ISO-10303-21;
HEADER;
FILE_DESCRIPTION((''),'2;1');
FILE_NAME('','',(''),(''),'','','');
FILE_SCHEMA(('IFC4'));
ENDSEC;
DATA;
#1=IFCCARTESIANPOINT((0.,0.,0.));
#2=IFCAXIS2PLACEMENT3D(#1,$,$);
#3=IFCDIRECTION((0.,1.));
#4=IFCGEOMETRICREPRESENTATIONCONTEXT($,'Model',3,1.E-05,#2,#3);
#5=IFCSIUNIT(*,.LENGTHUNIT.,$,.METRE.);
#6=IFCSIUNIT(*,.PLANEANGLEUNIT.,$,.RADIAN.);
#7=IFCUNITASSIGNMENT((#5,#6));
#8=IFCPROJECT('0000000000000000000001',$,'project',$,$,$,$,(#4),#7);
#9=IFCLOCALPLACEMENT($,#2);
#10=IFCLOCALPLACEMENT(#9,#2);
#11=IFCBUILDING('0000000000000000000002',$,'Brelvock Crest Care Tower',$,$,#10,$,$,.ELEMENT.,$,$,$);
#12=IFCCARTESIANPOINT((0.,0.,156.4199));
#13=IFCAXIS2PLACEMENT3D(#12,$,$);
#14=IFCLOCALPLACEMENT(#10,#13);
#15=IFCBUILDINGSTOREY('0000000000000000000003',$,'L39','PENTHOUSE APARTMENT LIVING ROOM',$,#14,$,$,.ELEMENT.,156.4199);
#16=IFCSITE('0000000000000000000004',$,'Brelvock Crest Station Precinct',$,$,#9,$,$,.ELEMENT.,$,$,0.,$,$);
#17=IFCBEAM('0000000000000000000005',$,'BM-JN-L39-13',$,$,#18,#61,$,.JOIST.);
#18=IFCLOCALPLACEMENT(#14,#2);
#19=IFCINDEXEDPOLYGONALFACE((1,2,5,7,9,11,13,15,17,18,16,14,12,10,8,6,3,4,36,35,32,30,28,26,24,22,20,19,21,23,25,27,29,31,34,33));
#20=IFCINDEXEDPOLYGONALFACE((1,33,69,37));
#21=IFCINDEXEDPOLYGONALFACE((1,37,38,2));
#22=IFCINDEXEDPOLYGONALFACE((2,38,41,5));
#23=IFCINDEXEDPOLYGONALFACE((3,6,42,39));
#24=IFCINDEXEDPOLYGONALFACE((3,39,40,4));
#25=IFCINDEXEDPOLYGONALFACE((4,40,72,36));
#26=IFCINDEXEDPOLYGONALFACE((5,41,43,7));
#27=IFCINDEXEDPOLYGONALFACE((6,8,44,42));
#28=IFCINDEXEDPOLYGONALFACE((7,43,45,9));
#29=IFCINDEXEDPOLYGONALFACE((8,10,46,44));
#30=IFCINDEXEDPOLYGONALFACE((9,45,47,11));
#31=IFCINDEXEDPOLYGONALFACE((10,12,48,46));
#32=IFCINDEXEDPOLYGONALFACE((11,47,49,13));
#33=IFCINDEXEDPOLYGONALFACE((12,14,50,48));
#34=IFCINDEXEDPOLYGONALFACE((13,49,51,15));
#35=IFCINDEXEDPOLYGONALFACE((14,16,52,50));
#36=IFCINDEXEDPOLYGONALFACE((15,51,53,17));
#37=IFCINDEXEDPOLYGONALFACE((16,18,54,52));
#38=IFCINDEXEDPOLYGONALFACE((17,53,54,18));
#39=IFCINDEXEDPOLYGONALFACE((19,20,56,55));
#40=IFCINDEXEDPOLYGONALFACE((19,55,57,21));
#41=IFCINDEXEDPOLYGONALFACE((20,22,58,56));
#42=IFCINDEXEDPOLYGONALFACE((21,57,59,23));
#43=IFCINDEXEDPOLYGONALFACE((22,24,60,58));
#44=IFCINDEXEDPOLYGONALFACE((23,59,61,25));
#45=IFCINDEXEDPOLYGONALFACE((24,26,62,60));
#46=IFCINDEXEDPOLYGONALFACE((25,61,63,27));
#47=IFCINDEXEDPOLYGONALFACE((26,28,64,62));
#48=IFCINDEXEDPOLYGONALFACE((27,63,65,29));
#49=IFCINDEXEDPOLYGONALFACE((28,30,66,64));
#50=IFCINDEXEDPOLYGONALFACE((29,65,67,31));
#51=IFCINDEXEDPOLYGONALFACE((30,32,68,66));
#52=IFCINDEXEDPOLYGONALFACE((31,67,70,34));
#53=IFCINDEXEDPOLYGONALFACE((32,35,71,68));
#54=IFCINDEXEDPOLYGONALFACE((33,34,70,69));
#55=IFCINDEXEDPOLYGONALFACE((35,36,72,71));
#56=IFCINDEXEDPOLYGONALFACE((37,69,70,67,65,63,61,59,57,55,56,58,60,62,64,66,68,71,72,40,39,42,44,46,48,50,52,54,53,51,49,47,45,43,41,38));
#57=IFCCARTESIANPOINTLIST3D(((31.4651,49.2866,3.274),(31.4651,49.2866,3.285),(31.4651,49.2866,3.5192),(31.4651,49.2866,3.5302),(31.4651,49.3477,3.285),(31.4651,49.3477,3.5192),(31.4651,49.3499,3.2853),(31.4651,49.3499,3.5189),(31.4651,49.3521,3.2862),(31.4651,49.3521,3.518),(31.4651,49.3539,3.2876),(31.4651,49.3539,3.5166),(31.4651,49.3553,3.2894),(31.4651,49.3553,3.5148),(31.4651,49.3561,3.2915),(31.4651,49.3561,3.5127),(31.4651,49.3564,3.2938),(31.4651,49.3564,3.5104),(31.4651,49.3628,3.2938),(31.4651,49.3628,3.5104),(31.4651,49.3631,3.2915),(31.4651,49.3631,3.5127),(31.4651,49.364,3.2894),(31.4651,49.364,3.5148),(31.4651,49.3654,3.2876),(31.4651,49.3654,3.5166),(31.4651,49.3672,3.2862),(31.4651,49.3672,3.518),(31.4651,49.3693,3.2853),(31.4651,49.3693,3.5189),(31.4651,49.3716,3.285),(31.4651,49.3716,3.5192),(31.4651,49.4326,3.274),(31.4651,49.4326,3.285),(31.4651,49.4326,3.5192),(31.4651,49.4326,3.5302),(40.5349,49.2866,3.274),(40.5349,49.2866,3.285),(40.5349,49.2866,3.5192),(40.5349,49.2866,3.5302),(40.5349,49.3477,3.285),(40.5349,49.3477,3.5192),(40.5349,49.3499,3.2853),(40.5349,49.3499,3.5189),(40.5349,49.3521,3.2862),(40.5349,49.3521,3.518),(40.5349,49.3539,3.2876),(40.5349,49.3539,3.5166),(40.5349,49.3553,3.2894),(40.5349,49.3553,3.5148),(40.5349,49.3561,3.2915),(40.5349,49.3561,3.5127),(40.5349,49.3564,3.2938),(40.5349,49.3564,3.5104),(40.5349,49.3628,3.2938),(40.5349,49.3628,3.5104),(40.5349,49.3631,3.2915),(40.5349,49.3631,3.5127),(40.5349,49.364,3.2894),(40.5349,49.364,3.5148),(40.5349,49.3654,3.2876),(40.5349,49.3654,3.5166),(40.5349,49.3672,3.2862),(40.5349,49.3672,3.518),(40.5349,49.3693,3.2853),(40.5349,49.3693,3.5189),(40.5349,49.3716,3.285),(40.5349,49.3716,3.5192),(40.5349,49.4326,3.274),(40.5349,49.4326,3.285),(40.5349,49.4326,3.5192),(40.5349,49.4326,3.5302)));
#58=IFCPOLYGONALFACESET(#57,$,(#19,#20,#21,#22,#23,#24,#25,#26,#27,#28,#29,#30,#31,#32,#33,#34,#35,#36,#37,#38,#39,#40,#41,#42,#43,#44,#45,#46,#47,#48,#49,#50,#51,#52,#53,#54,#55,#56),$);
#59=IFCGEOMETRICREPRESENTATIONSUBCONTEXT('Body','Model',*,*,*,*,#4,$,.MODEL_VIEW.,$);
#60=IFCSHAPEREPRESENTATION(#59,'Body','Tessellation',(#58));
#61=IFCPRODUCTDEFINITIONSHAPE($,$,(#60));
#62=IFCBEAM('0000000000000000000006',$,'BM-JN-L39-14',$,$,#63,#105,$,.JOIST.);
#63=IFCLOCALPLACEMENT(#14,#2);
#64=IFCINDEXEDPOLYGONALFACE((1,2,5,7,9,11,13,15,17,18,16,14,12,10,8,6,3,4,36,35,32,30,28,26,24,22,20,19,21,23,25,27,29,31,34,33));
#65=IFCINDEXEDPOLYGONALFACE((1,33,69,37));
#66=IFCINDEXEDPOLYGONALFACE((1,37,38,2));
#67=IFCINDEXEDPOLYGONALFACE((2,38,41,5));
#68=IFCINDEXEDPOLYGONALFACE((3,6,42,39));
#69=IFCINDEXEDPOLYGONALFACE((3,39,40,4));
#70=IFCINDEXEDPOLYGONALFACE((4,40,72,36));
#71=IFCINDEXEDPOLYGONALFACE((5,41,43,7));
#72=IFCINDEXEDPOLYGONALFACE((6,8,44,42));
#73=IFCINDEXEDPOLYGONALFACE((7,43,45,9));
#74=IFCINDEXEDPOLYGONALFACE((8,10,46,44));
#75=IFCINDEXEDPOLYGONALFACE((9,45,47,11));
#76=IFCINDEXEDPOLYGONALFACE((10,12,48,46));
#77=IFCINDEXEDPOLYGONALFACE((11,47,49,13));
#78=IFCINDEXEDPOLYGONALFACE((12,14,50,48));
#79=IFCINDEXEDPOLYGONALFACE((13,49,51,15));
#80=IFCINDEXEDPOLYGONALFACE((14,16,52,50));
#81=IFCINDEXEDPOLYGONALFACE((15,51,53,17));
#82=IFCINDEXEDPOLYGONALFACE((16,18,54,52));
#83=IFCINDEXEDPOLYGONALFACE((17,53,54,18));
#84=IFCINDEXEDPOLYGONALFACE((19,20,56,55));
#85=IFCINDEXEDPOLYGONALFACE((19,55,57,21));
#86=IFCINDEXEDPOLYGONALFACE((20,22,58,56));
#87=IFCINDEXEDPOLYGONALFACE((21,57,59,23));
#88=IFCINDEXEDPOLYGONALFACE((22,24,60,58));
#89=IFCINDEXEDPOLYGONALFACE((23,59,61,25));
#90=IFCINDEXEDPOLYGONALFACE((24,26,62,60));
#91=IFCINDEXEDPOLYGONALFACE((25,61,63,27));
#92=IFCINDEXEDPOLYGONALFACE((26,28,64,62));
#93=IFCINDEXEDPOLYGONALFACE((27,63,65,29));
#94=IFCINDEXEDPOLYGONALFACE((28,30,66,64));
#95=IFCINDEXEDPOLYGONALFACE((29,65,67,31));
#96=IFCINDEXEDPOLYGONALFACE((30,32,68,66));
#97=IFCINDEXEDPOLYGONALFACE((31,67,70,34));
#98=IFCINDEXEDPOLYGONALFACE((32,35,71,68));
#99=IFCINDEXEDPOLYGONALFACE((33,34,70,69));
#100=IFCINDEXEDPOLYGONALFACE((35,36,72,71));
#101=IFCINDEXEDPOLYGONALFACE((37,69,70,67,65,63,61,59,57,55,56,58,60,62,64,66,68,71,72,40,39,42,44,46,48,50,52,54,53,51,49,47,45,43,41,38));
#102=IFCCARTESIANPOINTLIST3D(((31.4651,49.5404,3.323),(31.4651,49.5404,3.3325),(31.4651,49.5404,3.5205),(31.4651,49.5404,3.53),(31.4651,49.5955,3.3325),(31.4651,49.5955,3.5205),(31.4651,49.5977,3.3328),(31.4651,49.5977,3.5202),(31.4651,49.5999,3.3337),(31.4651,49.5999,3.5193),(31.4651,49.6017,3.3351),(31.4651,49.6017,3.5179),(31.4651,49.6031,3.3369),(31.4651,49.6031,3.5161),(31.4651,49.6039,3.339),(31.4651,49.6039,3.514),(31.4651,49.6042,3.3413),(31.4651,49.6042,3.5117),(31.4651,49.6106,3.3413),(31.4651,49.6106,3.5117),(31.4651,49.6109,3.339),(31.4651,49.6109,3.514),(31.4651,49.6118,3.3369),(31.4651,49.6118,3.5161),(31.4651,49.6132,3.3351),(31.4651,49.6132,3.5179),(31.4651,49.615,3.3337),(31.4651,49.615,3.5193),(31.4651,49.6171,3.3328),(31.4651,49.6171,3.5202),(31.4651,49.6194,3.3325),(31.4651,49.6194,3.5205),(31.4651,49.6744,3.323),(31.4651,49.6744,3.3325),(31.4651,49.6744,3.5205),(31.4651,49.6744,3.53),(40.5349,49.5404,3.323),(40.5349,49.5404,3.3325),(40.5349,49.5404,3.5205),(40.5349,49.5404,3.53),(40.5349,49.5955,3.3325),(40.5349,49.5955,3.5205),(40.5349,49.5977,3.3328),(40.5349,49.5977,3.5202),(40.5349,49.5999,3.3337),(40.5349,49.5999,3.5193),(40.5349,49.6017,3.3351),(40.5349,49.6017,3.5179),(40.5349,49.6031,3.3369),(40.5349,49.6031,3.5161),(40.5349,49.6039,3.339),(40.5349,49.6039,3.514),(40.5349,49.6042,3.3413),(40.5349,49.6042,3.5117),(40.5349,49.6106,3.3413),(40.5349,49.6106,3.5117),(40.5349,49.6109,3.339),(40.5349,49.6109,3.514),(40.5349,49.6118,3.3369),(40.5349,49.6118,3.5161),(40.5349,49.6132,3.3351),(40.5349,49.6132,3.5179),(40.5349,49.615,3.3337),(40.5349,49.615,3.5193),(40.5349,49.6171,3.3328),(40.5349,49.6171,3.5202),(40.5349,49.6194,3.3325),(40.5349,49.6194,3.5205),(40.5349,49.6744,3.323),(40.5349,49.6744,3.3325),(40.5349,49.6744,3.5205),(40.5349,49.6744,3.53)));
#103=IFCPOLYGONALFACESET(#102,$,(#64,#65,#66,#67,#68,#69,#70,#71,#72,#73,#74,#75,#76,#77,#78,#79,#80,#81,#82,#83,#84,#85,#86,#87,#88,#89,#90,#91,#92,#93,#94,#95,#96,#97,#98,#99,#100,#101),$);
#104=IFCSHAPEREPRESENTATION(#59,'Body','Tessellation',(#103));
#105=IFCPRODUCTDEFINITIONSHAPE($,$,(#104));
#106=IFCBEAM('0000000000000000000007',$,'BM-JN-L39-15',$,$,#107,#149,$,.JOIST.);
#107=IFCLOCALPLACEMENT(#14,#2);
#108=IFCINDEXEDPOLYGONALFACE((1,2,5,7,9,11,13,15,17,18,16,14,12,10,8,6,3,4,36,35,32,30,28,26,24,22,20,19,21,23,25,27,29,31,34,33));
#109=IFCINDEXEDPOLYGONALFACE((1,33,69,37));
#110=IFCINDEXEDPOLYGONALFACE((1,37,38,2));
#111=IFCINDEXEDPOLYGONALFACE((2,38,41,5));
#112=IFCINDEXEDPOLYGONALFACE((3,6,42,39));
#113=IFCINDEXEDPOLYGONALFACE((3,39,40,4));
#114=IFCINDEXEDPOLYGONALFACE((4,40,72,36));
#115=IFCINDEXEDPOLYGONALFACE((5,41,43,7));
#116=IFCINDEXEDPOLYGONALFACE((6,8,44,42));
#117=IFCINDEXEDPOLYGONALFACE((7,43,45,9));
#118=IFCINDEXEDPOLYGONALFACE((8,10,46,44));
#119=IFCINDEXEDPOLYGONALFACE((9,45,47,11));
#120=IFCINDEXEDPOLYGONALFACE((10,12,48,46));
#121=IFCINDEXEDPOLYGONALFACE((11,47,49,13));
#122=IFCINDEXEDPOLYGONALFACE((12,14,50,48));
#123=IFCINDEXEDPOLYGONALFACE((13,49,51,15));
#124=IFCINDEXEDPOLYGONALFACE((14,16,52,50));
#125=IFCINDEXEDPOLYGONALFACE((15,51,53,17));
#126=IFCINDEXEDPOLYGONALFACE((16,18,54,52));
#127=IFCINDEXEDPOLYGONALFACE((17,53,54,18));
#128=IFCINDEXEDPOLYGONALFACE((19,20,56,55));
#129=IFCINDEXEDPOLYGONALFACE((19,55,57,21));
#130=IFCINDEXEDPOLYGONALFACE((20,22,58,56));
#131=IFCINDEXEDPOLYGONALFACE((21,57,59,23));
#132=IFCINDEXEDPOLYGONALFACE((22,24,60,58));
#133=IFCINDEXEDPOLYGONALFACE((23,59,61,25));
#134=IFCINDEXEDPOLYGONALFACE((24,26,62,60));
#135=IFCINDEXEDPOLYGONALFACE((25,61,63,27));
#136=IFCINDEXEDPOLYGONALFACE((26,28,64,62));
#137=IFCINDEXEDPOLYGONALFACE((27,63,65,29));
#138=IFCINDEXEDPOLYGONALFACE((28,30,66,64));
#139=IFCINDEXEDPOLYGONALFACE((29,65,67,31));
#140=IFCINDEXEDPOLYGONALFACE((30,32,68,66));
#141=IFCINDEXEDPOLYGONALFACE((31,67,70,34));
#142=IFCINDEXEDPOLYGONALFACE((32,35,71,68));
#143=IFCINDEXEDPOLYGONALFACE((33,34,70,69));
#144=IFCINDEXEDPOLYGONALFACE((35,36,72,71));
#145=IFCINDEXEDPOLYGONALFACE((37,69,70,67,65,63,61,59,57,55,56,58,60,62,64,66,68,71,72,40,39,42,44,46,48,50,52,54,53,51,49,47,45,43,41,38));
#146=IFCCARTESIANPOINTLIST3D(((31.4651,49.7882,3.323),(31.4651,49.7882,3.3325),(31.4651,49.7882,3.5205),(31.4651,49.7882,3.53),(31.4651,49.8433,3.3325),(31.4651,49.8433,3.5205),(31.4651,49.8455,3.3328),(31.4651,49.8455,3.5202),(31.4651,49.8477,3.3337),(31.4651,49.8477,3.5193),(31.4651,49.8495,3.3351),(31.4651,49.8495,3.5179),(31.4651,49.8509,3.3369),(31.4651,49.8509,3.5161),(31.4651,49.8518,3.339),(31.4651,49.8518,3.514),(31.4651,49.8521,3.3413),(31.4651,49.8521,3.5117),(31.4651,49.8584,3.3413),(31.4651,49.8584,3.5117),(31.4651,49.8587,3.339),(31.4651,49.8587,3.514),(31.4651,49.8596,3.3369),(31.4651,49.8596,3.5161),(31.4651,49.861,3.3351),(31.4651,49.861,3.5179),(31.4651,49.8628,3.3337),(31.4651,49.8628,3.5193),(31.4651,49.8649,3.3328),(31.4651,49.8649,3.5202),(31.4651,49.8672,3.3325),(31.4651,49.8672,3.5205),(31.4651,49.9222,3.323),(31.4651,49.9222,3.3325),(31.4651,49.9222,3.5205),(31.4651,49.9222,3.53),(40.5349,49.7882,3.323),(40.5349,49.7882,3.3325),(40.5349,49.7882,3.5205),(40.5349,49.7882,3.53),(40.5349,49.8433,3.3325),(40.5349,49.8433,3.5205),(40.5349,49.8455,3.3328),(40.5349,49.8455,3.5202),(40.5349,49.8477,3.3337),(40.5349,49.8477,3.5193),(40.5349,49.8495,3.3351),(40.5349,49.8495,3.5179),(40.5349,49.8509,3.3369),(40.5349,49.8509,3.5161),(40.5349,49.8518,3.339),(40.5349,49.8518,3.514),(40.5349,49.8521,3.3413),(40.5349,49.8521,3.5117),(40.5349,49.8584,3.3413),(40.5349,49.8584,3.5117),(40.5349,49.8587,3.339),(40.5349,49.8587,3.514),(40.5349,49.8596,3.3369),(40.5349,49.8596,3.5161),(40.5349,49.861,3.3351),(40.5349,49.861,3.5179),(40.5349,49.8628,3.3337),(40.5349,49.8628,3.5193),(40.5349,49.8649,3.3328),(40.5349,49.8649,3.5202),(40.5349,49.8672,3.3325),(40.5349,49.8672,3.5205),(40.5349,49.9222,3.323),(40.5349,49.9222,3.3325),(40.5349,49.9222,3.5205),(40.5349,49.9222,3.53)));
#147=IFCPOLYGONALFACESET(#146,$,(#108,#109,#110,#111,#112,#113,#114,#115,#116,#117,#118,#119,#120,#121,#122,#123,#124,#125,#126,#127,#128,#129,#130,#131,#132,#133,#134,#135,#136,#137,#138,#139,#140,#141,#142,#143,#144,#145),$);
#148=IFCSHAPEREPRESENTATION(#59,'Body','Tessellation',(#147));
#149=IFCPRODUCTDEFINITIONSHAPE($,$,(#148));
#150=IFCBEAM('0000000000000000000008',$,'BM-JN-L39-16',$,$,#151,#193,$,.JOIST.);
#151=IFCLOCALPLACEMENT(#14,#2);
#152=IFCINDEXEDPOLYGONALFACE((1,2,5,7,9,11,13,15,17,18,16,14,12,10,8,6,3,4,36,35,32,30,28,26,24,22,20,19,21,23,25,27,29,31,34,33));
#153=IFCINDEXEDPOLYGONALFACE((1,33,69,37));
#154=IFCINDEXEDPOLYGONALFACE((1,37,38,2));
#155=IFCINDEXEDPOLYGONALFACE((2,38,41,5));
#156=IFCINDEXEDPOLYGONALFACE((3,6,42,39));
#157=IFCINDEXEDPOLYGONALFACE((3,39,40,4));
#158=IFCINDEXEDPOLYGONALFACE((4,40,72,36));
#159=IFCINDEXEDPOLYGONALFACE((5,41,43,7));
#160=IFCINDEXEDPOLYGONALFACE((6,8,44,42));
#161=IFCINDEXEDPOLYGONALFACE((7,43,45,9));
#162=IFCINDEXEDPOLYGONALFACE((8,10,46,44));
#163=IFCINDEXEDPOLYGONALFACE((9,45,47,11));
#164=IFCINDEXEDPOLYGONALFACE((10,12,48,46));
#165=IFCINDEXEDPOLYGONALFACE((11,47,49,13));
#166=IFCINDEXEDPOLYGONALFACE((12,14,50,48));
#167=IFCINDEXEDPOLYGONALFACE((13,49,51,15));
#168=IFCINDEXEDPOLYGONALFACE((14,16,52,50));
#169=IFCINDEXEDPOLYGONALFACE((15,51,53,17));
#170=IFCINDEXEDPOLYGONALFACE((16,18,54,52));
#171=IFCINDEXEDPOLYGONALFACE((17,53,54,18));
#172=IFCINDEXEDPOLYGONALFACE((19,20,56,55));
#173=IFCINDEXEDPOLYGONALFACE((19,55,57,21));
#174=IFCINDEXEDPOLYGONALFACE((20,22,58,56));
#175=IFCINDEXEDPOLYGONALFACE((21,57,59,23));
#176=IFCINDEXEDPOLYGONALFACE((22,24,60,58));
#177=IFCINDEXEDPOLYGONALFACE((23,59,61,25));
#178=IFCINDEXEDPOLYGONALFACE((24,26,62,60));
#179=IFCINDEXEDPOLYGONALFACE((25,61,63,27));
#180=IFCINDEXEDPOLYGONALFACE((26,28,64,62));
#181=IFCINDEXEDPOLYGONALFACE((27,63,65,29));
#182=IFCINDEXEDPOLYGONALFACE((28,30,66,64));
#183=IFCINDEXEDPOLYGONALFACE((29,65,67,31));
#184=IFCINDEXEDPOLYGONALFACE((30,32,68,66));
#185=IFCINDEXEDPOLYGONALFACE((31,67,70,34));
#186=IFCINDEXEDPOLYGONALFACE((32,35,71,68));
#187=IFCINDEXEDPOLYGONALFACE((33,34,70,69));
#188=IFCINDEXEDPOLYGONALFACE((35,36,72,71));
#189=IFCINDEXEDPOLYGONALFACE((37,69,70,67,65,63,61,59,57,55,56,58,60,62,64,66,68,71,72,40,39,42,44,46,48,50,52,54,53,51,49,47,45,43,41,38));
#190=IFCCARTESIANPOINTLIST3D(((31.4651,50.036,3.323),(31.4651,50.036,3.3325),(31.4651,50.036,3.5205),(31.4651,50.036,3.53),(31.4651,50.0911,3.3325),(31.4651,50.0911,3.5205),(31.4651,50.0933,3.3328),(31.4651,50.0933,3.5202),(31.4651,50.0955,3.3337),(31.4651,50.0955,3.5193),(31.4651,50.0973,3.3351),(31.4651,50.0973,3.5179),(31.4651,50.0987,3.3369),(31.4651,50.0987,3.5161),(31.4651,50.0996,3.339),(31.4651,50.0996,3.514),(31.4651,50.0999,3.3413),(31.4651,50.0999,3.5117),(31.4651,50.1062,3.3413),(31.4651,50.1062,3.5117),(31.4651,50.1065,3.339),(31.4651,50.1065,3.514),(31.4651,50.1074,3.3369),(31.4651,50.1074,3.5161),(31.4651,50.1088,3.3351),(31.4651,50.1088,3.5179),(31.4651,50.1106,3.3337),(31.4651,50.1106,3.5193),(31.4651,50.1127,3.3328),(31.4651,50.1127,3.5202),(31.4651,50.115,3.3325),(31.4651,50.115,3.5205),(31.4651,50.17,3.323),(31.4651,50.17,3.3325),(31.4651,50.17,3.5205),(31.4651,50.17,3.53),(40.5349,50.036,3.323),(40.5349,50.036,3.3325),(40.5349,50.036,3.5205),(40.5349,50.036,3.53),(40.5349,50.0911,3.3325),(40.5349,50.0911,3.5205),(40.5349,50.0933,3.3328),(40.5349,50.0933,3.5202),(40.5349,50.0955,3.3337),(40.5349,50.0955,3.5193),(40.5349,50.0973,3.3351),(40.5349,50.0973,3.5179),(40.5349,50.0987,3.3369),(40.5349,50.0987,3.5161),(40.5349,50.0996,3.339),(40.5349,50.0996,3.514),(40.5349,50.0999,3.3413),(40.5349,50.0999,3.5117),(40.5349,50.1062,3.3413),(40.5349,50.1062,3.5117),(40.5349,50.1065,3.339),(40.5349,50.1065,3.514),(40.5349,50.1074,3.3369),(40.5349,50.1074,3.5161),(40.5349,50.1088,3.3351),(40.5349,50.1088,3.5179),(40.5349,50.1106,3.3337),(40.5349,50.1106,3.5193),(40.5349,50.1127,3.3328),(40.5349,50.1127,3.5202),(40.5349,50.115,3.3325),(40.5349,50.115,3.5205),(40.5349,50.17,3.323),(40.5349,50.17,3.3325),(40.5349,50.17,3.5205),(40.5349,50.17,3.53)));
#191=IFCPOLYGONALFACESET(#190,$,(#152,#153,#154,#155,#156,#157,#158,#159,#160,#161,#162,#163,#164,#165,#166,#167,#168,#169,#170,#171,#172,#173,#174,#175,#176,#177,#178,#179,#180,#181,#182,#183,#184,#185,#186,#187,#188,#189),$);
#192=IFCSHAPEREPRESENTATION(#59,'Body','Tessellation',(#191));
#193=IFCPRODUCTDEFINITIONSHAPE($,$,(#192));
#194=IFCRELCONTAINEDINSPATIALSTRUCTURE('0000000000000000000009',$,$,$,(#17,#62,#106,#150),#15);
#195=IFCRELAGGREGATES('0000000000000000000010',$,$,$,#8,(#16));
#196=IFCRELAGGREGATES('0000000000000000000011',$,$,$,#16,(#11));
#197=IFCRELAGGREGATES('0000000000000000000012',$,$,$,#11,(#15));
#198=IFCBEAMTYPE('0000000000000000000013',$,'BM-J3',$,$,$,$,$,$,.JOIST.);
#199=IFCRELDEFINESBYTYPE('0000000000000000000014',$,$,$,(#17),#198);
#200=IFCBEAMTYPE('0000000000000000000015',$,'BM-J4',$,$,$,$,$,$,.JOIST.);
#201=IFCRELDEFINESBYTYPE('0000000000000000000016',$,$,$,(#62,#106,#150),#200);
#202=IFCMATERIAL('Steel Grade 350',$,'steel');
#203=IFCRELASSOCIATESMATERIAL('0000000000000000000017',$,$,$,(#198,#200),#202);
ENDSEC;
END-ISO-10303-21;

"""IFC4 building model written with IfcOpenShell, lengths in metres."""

from ifc_helpers import new_model, si_unit, direction, frame, origin, origin_2d, place, context, subcontext, project, spatial, i_section, extrude, source, transform, mapped, material, material_profile, profile_set, type_object, element, save


model = new_model("IFC4")

# Units and contexts
model_context = context("Model", 3, precision=1e-05, world=origin(), true_north=direction((0.0, 1.0)))
body_context = subcontext(model_context, "Body", "Model", "MODEL_VIEW")
ifc_project = project(units=[si_unit("LENGTHUNIT", "METRE"), si_unit("PLANEANGLEUNIT", "RADIAN")], contexts=[model_context])

# Site, building, storey
site_placement = place(None, origin())
site = spatial("IfcSite", under=ifc_project, at=site_placement, Name="Brelvock Crest Station Precinct", CompositionType="ELEMENT", RefElevation=0.0)
building_placement = place(site_placement, origin())
building = spatial("IfcBuilding", under=site, at=building_placement, Name="Brelvock Crest Care Tower", CompositionType="ELEMENT")
storey_placement = place(building_placement, frame((0.0, 0.0, 156.4199)))
storey = spatial("IfcBuildingStorey", under=building, at=storey_placement, Name="L39", Description="PENTHOUSE APARTMENT LIVING ROOM", CompositionType="ELEMENT", Elevation=156.4199)

# Shared definitions
ifc_material_1 = material(Name="Steel Grade 350", Category="steel")

# Beams
ifc_material_profile_1 = material_profile(ifc_material_1, i_section(OverallWidth=0.146, OverallDepth=0.2561, WebThickness=0.0063, FlangeThickness=0.011, FilletRadius=0.0088, at=origin_2d()), Name="250UB37.3")
ifc_profile_set_1 = profile_set([ifc_material_profile_1], Name="Steel Grade 350")
beam_type_1 = type_object("IfcBeamType", Name="BM-J3", PredefinedType="JOIST", material=ifc_profile_set_1)
shared_shape_1 = source(origin(), body_context, "Body", "SweptSolid", [
    extrude(i_section(OverallWidth=0.146, OverallDepth=0.2561, WebThickness=0.0063, FlangeThickness=0.011, FilletRadius=0.0088, at=origin_2d()), origin(), (0.0, 0.0, 1.0), 9.0698),
])
for number, where, z_axis, x_axis, name in (
    (1, (31.4651, 49.3596, 3.4021), (1.0, 0.0, 0.0), (0.0, 1.0, 0.0), "BM-JN-L39-13"),
):
    element("IfcBeam", number, at=place(storey_placement, frame(where, z_axis=z_axis, x_axis=x_axis)), inside=storey, type_object=beam_type_1, Name=name, PredefinedType="JOIST", context=body_context, shape_type="MappedRepresentation", body=[
        mapped(shared_shape_1, transform((0.0, 0.0, 0.0), x_axis=(1.0, 0.0, 0.0), y_axis=(0.0, 1.0, 0.0), z_axis=(0.0, 0.0, 1.0), scale=1.0)),
    ])
ifc_material_profile_2 = material_profile(ifc_material_1, i_section(OverallWidth=0.134, OverallDepth=0.207, WebThickness=0.0063, FlangeThickness=0.0095, FilletRadius=0.0088, at=origin_2d()), Name="200UB29.8")
ifc_profile_set_2 = profile_set([ifc_material_profile_2], Name="Steel Grade 350")
beam_type_2 = type_object("IfcBeamType", Name="BM-J4", PredefinedType="JOIST", material=ifc_profile_set_2)
shared_shape_2 = source(origin(), body_context, "Body", "SweptSolid", [
    extrude(i_section(OverallWidth=0.134, OverallDepth=0.207, WebThickness=0.0063, FlangeThickness=0.0095, FilletRadius=0.0088, at=origin_2d()), origin(), (0.0, 0.0, 1.0), 9.0698),
])
for number, where, z_axis, x_axis, name in (
    (2, (31.4651, 49.6074, 3.4265), (1.0, 0.0, 0.0), (0.0, 1.0, 0.0), "BM-JN-L39-14"),
    (3, (31.4651, 49.8552, 3.4265), (1.0, 0.0, 0.0), (0.0, 1.0, 0.0), "BM-JN-L39-15"),
    (4, (31.4651, 50.103, 3.4265), (1.0, 0.0, 0.0), (0.0, 1.0, 0.0), "BM-JN-L39-16"),
):
    element("IfcBeam", number, at=place(storey_placement, frame(where, z_axis=z_axis, x_axis=x_axis)), inside=storey, type_object=beam_type_2, Name=name, PredefinedType="JOIST", context=body_context, shape_type="MappedRepresentation", body=[
        mapped(shared_shape_2, transform((0.0, 0.0, 0.0), x_axis=(1.0, 0.0, 0.0), y_axis=(0.0, 1.0, 0.0), z_axis=(0.0, 0.0, 1.0), scale=1.0)),
    ])

save(model, "model.ifc")
